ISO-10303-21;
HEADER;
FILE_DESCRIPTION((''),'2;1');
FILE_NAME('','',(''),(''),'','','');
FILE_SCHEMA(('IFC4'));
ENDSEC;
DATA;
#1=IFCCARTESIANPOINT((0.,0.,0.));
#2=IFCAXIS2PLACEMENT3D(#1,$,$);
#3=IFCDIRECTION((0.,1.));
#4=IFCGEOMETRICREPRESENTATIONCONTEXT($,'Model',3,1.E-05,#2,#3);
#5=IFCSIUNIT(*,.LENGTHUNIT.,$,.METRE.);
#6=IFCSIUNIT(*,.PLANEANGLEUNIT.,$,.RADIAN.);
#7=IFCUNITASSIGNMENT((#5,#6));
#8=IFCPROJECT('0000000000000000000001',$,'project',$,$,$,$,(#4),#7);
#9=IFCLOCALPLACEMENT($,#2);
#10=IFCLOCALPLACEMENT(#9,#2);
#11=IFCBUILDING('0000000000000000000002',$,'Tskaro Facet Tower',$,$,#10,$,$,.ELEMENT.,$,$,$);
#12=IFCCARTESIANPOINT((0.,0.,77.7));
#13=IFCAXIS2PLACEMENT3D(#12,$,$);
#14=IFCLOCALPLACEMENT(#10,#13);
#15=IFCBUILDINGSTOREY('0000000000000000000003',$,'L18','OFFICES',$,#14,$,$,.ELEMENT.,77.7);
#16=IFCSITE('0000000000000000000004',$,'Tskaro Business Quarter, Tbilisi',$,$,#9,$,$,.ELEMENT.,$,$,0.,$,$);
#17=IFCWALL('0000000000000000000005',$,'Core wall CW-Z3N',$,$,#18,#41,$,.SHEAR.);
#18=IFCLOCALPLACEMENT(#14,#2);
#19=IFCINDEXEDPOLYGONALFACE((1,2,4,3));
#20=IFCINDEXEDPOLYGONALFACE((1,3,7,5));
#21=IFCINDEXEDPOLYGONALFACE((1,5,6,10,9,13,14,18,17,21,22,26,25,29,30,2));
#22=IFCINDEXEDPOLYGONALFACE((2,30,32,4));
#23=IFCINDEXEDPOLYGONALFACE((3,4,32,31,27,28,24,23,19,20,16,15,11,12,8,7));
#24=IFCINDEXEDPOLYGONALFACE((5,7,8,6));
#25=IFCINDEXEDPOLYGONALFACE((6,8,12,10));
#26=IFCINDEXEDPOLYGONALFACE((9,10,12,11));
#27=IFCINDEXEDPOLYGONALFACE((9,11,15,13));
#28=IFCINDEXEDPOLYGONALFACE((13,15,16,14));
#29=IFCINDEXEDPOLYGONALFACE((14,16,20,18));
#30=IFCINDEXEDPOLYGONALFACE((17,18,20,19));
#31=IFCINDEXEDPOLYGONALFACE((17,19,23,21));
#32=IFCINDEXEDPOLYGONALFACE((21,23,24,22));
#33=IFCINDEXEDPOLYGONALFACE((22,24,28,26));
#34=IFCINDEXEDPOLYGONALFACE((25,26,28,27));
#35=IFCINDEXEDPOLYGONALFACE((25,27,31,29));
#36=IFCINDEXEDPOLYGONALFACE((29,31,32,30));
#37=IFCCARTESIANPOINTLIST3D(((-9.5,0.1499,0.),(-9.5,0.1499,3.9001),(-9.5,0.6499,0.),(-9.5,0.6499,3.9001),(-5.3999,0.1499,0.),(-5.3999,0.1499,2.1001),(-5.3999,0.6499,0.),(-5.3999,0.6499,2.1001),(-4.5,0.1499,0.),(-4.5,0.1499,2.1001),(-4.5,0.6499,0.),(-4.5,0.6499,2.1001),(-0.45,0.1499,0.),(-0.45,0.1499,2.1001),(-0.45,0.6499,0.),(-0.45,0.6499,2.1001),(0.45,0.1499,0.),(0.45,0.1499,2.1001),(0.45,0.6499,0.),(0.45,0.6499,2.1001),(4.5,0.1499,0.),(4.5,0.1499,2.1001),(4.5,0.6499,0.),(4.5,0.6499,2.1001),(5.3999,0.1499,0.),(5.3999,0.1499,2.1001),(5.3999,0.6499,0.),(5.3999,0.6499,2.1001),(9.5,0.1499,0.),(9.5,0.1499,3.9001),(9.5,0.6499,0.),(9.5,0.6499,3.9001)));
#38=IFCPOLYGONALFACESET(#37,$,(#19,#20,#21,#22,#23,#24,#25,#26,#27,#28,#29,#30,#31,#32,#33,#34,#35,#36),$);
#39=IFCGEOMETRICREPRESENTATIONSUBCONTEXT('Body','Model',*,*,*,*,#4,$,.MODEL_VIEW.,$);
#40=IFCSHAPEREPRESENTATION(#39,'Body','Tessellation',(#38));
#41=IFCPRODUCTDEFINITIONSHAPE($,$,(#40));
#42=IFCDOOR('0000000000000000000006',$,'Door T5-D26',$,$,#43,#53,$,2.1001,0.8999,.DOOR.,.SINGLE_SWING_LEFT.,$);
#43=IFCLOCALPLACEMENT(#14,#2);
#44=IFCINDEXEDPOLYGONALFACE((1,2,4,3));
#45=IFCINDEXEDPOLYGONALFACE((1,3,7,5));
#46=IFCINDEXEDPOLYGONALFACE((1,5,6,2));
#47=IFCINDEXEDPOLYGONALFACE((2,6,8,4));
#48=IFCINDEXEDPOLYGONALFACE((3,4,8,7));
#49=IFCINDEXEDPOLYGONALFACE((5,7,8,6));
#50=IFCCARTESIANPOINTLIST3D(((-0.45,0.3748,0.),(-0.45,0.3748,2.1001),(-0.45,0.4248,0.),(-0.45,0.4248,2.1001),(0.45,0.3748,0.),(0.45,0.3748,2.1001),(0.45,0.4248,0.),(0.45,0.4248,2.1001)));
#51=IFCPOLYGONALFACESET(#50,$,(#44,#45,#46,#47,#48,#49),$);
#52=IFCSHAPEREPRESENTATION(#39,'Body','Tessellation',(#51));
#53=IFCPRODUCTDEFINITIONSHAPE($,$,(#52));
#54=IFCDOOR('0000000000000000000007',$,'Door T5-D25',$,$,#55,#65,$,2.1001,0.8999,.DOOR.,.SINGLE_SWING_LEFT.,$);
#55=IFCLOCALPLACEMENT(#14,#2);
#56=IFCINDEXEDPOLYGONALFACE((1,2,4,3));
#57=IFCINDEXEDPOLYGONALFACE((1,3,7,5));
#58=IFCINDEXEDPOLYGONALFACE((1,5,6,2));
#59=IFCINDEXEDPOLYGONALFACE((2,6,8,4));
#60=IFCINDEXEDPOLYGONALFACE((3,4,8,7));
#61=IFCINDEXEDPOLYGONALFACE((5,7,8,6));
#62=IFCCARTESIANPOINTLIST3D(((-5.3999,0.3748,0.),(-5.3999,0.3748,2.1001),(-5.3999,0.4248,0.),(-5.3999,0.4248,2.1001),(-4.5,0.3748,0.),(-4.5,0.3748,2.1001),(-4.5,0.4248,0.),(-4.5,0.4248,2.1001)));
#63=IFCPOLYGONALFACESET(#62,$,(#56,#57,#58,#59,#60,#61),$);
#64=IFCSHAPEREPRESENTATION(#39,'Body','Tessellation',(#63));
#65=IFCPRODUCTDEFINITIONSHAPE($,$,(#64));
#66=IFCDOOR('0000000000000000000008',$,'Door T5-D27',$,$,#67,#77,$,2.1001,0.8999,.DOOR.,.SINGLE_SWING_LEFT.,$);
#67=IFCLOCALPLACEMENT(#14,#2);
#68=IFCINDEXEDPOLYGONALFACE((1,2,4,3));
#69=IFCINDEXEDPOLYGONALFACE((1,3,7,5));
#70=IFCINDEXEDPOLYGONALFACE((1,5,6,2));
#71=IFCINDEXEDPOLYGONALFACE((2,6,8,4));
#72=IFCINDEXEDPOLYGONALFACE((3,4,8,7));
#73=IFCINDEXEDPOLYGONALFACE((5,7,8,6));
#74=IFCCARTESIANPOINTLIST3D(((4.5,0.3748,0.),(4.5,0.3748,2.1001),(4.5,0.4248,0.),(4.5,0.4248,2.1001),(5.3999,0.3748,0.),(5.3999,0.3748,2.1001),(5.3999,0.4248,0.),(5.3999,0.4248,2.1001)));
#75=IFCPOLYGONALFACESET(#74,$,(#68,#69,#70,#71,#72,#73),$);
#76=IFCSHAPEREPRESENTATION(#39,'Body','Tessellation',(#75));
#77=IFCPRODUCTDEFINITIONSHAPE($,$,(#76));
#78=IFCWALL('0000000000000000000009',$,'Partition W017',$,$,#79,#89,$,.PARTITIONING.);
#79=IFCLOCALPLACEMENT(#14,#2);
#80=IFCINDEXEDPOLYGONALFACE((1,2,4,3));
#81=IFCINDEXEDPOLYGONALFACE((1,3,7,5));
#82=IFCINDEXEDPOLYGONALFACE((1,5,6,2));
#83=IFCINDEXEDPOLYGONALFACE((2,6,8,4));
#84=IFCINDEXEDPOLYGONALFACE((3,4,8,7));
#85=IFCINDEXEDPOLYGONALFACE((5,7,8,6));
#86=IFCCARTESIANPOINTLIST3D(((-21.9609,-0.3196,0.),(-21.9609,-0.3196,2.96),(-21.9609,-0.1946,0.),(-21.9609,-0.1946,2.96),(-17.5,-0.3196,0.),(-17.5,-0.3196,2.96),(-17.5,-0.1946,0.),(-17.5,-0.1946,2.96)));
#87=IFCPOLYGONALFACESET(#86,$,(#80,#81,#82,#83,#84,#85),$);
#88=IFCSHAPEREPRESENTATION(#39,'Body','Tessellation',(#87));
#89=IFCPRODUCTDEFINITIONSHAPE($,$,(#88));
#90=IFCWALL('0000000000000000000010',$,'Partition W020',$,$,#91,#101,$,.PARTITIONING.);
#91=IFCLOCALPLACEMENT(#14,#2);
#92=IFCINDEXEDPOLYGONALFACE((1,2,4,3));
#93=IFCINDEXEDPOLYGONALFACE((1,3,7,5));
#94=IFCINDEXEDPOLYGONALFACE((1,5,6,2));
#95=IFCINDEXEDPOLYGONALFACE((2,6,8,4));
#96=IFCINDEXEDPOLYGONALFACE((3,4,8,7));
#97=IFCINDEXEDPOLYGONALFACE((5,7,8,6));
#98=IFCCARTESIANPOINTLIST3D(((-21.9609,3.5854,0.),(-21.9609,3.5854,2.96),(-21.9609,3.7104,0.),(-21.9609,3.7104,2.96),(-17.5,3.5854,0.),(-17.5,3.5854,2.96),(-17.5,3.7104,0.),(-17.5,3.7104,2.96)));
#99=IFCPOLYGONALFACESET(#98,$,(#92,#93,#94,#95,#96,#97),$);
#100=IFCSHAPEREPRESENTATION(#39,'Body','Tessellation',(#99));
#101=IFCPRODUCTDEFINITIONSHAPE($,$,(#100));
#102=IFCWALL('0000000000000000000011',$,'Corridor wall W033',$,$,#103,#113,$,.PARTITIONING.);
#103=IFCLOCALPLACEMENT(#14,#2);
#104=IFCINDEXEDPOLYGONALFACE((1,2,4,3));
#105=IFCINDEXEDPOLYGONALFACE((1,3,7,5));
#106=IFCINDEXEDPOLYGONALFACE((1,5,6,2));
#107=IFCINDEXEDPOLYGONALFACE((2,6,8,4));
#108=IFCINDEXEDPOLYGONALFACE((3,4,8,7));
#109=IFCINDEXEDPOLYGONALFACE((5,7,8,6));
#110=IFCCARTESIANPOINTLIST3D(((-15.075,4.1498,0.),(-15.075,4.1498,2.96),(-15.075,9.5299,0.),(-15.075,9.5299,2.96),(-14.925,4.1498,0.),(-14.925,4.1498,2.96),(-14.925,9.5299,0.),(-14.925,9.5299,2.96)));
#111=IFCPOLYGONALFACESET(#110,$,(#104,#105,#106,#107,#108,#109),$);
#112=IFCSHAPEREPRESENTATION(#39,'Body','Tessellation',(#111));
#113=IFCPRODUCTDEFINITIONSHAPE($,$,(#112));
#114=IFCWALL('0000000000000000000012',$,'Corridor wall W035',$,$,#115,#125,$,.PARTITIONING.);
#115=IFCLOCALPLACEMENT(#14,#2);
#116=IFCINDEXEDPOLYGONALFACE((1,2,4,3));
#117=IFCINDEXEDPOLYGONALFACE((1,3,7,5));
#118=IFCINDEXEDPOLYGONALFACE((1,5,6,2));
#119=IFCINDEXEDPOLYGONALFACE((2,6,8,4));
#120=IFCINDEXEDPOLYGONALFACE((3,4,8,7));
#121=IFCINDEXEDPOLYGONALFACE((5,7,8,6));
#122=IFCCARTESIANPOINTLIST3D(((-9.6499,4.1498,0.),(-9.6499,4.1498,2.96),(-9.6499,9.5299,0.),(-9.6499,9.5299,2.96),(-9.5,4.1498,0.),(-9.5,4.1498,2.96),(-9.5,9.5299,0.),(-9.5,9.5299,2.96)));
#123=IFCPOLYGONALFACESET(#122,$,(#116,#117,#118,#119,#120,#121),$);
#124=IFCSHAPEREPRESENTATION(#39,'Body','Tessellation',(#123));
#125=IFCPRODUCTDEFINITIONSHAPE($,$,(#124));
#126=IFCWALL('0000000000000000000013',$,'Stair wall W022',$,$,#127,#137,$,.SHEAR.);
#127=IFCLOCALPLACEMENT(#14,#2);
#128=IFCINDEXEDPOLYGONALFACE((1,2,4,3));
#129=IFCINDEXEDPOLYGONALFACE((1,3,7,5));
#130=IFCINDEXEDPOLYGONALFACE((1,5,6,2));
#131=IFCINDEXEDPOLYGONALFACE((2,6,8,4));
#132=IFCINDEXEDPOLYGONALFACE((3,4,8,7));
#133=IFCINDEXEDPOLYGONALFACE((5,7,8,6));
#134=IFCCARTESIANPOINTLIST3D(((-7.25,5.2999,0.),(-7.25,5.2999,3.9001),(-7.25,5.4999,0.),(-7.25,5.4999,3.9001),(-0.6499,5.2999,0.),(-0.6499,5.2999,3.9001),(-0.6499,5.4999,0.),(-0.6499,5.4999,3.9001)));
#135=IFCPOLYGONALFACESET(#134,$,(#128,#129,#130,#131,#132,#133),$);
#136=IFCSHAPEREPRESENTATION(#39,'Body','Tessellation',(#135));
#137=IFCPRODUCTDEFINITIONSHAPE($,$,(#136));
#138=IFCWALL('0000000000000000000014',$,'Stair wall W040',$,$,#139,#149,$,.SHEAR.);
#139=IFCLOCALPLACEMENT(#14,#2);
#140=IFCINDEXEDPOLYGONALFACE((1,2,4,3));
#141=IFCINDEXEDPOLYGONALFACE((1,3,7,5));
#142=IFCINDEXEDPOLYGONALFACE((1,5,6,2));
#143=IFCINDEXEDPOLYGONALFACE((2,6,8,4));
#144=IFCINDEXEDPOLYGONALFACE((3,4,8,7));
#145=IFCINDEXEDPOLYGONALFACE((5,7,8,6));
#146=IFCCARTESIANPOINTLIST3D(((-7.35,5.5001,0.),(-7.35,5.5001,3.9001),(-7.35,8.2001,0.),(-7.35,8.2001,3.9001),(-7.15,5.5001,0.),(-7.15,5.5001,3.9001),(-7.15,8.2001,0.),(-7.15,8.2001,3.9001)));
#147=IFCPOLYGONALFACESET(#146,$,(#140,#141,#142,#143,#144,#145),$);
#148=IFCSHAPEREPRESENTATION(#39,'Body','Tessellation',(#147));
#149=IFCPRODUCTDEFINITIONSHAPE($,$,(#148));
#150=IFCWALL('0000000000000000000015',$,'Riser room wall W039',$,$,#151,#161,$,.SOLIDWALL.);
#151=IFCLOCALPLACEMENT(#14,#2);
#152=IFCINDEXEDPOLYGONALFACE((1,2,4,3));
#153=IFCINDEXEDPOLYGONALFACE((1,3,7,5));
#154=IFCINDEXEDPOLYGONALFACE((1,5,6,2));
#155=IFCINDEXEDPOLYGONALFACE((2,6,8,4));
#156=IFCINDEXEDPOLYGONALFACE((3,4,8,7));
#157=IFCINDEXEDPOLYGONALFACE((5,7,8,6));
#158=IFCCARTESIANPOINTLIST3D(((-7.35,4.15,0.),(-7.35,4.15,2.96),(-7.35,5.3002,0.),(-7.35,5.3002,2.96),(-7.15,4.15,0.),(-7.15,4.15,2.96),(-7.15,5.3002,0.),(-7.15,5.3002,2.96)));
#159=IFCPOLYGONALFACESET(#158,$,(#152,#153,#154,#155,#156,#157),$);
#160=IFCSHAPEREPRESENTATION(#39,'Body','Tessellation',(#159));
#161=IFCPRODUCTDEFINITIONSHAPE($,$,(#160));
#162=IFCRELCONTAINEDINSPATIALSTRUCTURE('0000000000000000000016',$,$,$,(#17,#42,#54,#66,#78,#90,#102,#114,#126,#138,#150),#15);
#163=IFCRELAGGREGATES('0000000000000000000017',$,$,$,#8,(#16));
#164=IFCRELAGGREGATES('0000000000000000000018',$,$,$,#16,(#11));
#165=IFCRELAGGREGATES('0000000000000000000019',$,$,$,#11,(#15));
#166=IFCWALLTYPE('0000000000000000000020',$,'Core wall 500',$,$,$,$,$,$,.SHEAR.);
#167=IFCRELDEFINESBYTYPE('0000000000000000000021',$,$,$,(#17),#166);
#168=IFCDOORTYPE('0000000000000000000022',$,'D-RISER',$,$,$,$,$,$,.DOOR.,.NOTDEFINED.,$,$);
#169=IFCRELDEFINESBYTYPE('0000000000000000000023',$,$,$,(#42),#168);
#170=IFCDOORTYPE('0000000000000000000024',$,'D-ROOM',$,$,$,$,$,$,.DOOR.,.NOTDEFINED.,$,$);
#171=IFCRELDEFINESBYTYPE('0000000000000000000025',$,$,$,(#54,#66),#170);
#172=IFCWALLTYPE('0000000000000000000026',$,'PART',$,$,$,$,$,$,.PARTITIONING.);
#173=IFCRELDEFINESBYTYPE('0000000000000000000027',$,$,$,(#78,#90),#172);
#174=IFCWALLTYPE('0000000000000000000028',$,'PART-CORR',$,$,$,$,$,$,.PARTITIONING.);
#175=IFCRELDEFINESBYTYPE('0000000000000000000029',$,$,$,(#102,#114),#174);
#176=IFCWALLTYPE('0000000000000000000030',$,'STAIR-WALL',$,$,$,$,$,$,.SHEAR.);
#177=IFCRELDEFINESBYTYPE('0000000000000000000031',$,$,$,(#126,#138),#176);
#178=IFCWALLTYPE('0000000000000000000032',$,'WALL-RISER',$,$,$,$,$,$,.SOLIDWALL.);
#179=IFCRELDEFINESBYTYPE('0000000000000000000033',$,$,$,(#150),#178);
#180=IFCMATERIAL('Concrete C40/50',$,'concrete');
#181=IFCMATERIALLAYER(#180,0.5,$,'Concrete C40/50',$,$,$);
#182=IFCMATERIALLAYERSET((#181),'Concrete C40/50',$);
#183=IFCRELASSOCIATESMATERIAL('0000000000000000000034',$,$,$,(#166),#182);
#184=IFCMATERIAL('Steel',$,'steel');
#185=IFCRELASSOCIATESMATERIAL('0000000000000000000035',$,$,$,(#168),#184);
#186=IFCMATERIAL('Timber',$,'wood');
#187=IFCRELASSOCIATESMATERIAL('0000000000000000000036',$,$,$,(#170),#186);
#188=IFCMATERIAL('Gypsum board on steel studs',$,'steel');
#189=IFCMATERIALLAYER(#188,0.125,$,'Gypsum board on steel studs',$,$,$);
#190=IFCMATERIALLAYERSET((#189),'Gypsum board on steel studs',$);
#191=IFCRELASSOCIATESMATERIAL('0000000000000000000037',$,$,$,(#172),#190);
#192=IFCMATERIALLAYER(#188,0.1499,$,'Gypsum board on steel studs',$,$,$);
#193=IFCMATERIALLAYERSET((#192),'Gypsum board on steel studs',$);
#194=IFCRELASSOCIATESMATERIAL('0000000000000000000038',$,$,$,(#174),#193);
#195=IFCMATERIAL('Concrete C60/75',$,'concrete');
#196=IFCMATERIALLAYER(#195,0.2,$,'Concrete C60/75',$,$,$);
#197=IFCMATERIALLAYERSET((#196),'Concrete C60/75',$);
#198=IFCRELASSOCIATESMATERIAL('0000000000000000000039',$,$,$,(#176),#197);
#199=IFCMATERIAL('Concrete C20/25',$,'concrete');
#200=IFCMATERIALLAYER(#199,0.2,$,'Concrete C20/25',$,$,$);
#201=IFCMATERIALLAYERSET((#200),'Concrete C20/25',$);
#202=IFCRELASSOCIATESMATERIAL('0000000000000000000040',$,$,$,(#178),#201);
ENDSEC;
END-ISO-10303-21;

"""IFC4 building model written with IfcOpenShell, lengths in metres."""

from ifc_helpers import new_model, si_unit, direction, frame, frame_2d, origin, place, context, subcontext, project, spatial, rectangle, extrude, material, layer, layer_set, type_object, element, fill, save


model = new_model("IFC4")

# Units and contexts
model_context = context("Model", 3, precision=1e-05, world=origin(), true_north=direction((0.0, 1.0)))
body_context = subcontext(model_context, "Body", "Model", "MODEL_VIEW")
ifc_project = project(units=[si_unit("LENGTHUNIT", "METRE"), si_unit("PLANEANGLEUNIT", "RADIAN")], contexts=[model_context])

# Site, building, storey
site_placement = place(None, origin())
site = spatial("IfcSite", under=ifc_project, at=site_placement, Name="Tskaro Business Quarter, Tbilisi", CompositionType="ELEMENT", RefElevation=0.0)
building_placement = place(site_placement, origin())
building = spatial("IfcBuilding", under=site, at=building_placement, Name="Tskaro Facet Tower", CompositionType="ELEMENT")
storey_placement = place(building_placement, frame((0.0, 0.0, 77.7)))
storey = spatial("IfcBuildingStorey", under=building, at=storey_placement, Name="L18", Description="OFFICES", CompositionType="ELEMENT", Elevation=77.7)

# Shared definitions
ifc_material_1 = material(Name="Concrete C60/75", Category="concrete")

# Wall, openings, doors
ifc_material_2 = material(Name="Concrete C40/50", Category="concrete")
ifc_layer_1 = layer(ifc_material_2, 0.5, Name="Concrete C40/50")
ifc_layer_set_1 = layer_set([ifc_layer_1], Name="Concrete C40/50")
wall_type_1 = type_object("IfcWallType", Name="Core wall 500", PredefinedType="SHEAR", material=ifc_layer_set_1)
wall_1_placement = place(storey_placement, frame((-9.5, 0.3999, 0.0), z_axis=(0.0, 0.0, 1.0), x_axis=(1.0, 0.0, 0.0)))
wall_1 = element("IfcWall", 1, at=wall_1_placement, inside=storey, type_object=wall_type_1, Name="Core wall CW-Z3N", PredefinedType="SHEAR", context=body_context, shape_type="SweptSolid", body=[
    extrude(rectangle(XDim=19.0, YDim=0.5, at=frame_2d((9.5, 0.0))), origin(), (0.0, 0.0, 1.0), 3.9001),
])
opening_1_placement = place(wall_1_placement, frame((4.1001, 0.0, 0.0)))
opening_1 = element("IfcOpeningElement", 2, at=opening_1_placement, cuts=wall_1, PredefinedType="OPENING", context=body_context, shape_type="SweptSolid", body=[
    extrude(rectangle(XDim=0.8999, YDim=2.1001, at=frame_2d((0.45, 1.05))), frame((0.0, 0.26, 0.0), z_axis=(0.0, -1.0, 0.0), x_axis=(1.0, 0.0, 0.0)), (0.0, 0.0, 1.0), 0.52),
])
opening_2_placement = place(wall_1_placement, frame((14.0, 0.0, 0.0)))
opening_2 = element("IfcOpeningElement", 3, at=opening_2_placement, cuts=wall_1, PredefinedType="OPENING", context=body_context, shape_type="SweptSolid", body=[
    extrude(rectangle(XDim=0.8999, YDim=2.1001, at=frame_2d((0.45, 1.05))), frame((0.0, 0.26, 0.0), z_axis=(0.0, -1.0, 0.0), x_axis=(1.0, 0.0, 0.0)), (0.0, 0.0, 1.0), 0.52),
])
opening_3_placement = place(wall_1_placement, frame((9.05, 0.0, 0.0)))
opening_3 = element("IfcOpeningElement", 4, at=opening_3_placement, cuts=wall_1, PredefinedType="OPENING", context=body_context, shape_type="SweptSolid", body=[
    extrude(rectangle(XDim=0.8999, YDim=2.1001, at=frame_2d((0.45, 1.05))), frame((0.0, 0.26, 0.0), z_axis=(0.0, -1.0, 0.0), x_axis=(1.0, 0.0, 0.0)), (0.0, 0.0, 1.0), 0.52),
])
ifc_material_3 = material(Name="Steel", Category="steel")
door_type_1 = type_object("IfcDoorType", Name="D-RISER", OperationType="NOTDEFINED", PredefinedType="DOOR", material=ifc_material_3)
door_1_placement = place(opening_3_placement, origin())
door_1 = element("IfcDoor", 5, at=door_1_placement, inside=storey, type_object=door_type_1, Name="Door T5-D26", OperationType="SINGLE_SWING_LEFT", OverallHeight=2.1001, OverallWidth=0.8999, PredefinedType="DOOR", context=body_context, shape_type="SweptSolid", body=[
    extrude(rectangle(XDim=0.8999, YDim=2.1001, at=frame_2d((0.45, 1.05))), frame((0.0, 0.0249, 0.0), z_axis=(0.0, -1.0, 0.0), x_axis=(1.0, 0.0, 0.0)), (0.0, 0.0, 1.0), 0.05),
])
fill(opening_3, door_1)
ifc_material_4 = material(Name="Timber", Category="wood")
door_type_2 = type_object("IfcDoorType", Name="D-ROOM", OperationType="NOTDEFINED", PredefinedType="DOOR", material=ifc_material_4)
door_2_placement = place(opening_1_placement, origin())
door_2 = element("IfcDoor", 6, at=door_2_placement, inside=storey, type_object=door_type_2, Name="Door T5-D25", OperationType="SINGLE_SWING_LEFT", OverallHeight=2.1001, OverallWidth=0.8999, PredefinedType="DOOR", context=body_context, shape_type="SweptSolid", body=[
    extrude(rectangle(XDim=0.8999, YDim=2.1001, at=frame_2d((0.45, 1.05))), frame((0.0, 0.0249, 0.0), z_axis=(0.0, -1.0, 0.0), x_axis=(1.0, 0.0, 0.0)), (0.0, 0.0, 1.0), 0.05),
])
fill(opening_1, door_2)
door_3_placement = place(opening_2_placement, origin())
door_3 = element("IfcDoor", 7, at=door_3_placement, inside=storey, type_object=door_type_2, Name="Door T5-D27", OperationType="SINGLE_SWING_LEFT", OverallHeight=2.1001, OverallWidth=0.8999, PredefinedType="DOOR", context=body_context, shape_type="SweptSolid", body=[
    extrude(rectangle(XDim=0.8999, YDim=2.1001, at=frame_2d((0.45, 1.05))), frame((0.0, 0.0249, 0.0), z_axis=(0.0, -1.0, 0.0), x_axis=(1.0, 0.0, 0.0)), (0.0, 0.0, 1.0), 0.05),
])
fill(opening_2, door_3)

# Walls
ifc_material_5 = material(Name="Gypsum board on steel studs", Category="steel")
ifc_layer_2 = layer(ifc_material_5, 0.125, Name="Gypsum board on steel studs")
ifc_layer_set_2 = layer_set([ifc_layer_2], Name="Gypsum board on steel studs")
wall_type_2 = type_object("IfcWallType", Name="PART", PredefinedType="PARTITIONING", material=ifc_layer_set_2)
for number, where, z_axis, x_axis, name in (
    (8, (-21.9609, -0.2571, 0.0), (0.0, 0.0, 1.0), (1.0, 0.0, 0.0), "Partition W017"),
    (9, (-21.9609, 3.6479, 0.0), (0.0, 0.0, 1.0), (1.0, 0.0, 0.0), "Partition W020"),
):
    element("IfcWall", number, at=place(storey_placement, frame(where, z_axis=z_axis, x_axis=x_axis)), inside=storey, type_object=wall_type_2, Name=name, PredefinedType="PARTITIONING", context=body_context, shape_type="SweptSolid", body=[
        extrude(rectangle(XDim=4.4609, YDim=0.125, at=frame_2d((2.2305, 0.0))), origin(), (0.0, 0.0, 1.0), 2.96),
    ])
ifc_layer_3 = layer(ifc_material_5, 0.1499, Name="Gypsum board on steel studs")
ifc_layer_set_3 = layer_set([ifc_layer_3], Name="Gypsum board on steel studs")
wall_type_3 = type_object("IfcWallType", Name="PART-CORR", PredefinedType="PARTITIONING", material=ifc_layer_set_3)
for number, where, z_axis, x_axis, name in (
    (10, (-15.0, 4.1499, 0.0), (0.0, 0.0, 1.0), (0.0, 1.0, 0.0), "Corridor wall W033"),
    (11, (-9.575, 4.1499, 0.0), (0.0, 0.0, 1.0), (0.0, 1.0, 0.0), "Corridor wall W035"),
):
    element("IfcWall", number, at=place(storey_placement, frame(where, z_axis=z_axis, x_axis=x_axis)), inside=storey, type_object=wall_type_3, Name=name, PredefinedType="PARTITIONING", context=body_context, shape_type="SweptSolid", body=[
        extrude(rectangle(XDim=5.3801, YDim=0.1499, at=frame_2d((2.6899, 0.0))), origin(), (0.0, 0.0, 1.0), 2.96),
    ])
ifc_layer_4 = layer(ifc_material_1, 0.2, Name="Concrete C60/75")
ifc_layer_set_4 = layer_set([ifc_layer_4], Name="Concrete C60/75")
wall_type_4 = type_object("IfcWallType", Name="STAIR-WALL", PredefinedType="SHEAR", material=ifc_layer_set_4)
wall_2_placement = place(storey_placement, frame((-7.25, 5.3999, 0.0), z_axis=(0.0, 0.0, 1.0), x_axis=(1.0, 0.0, 0.0)))
element("IfcWall", 12, at=wall_2_placement, inside=storey, type_object=wall_type_4, Name="Stair wall W022", PredefinedType="SHEAR", context=body_context, shape_type="SweptSolid", body=[
    extrude(rectangle(XDim=6.6001, YDim=0.2, at=frame_2d((3.3, 0.0))), origin(), (0.0, 0.0, 1.0), 3.9001),
])
wall_3_placement = place(storey_placement, frame((-7.25, 5.5, 0.0), z_axis=(0.0, 0.0, 1.0), x_axis=(0.0, 1.0, 0.0)))
element("IfcWall", 13, at=wall_3_placement, inside=storey, type_object=wall_type_4, Name="Stair wall W040", PredefinedType="SHEAR", context=body_context, shape_type="SweptSolid", body=[
    extrude(rectangle(XDim=2.7, YDim=0.2, at=frame_2d((1.3501, 0.0))), origin(), (0.0, 0.0, 1.0), 3.9001),
])
ifc_material_6 = material(Name="Concrete C20/25", Category="concrete")
ifc_layer_5 = layer(ifc_material_6, 0.2, Name="Concrete C20/25")
ifc_layer_set_5 = layer_set([ifc_layer_5], Name="Concrete C20/25")
wall_type_5 = type_object("IfcWallType", Name="WALL-RISER", PredefinedType="SOLIDWALL", material=ifc_layer_set_5)
wall_4_placement = place(storey_placement, frame((-7.25, 4.1499, 0.0), z_axis=(0.0, 0.0, 1.0), x_axis=(0.0, 1.0, 0.0)))
element("IfcWall", 14, at=wall_4_placement, inside=storey, type_object=wall_type_5, Name="Riser room wall W039", PredefinedType="SOLIDWALL", context=body_context, shape_type="SweptSolid", body=[
    extrude(rectangle(XDim=1.1501, YDim=0.2, at=frame_2d((0.5752, 0.0))), origin(), (0.0, 0.0, 1.0), 2.96),
])

save(model, "model.ifc")
